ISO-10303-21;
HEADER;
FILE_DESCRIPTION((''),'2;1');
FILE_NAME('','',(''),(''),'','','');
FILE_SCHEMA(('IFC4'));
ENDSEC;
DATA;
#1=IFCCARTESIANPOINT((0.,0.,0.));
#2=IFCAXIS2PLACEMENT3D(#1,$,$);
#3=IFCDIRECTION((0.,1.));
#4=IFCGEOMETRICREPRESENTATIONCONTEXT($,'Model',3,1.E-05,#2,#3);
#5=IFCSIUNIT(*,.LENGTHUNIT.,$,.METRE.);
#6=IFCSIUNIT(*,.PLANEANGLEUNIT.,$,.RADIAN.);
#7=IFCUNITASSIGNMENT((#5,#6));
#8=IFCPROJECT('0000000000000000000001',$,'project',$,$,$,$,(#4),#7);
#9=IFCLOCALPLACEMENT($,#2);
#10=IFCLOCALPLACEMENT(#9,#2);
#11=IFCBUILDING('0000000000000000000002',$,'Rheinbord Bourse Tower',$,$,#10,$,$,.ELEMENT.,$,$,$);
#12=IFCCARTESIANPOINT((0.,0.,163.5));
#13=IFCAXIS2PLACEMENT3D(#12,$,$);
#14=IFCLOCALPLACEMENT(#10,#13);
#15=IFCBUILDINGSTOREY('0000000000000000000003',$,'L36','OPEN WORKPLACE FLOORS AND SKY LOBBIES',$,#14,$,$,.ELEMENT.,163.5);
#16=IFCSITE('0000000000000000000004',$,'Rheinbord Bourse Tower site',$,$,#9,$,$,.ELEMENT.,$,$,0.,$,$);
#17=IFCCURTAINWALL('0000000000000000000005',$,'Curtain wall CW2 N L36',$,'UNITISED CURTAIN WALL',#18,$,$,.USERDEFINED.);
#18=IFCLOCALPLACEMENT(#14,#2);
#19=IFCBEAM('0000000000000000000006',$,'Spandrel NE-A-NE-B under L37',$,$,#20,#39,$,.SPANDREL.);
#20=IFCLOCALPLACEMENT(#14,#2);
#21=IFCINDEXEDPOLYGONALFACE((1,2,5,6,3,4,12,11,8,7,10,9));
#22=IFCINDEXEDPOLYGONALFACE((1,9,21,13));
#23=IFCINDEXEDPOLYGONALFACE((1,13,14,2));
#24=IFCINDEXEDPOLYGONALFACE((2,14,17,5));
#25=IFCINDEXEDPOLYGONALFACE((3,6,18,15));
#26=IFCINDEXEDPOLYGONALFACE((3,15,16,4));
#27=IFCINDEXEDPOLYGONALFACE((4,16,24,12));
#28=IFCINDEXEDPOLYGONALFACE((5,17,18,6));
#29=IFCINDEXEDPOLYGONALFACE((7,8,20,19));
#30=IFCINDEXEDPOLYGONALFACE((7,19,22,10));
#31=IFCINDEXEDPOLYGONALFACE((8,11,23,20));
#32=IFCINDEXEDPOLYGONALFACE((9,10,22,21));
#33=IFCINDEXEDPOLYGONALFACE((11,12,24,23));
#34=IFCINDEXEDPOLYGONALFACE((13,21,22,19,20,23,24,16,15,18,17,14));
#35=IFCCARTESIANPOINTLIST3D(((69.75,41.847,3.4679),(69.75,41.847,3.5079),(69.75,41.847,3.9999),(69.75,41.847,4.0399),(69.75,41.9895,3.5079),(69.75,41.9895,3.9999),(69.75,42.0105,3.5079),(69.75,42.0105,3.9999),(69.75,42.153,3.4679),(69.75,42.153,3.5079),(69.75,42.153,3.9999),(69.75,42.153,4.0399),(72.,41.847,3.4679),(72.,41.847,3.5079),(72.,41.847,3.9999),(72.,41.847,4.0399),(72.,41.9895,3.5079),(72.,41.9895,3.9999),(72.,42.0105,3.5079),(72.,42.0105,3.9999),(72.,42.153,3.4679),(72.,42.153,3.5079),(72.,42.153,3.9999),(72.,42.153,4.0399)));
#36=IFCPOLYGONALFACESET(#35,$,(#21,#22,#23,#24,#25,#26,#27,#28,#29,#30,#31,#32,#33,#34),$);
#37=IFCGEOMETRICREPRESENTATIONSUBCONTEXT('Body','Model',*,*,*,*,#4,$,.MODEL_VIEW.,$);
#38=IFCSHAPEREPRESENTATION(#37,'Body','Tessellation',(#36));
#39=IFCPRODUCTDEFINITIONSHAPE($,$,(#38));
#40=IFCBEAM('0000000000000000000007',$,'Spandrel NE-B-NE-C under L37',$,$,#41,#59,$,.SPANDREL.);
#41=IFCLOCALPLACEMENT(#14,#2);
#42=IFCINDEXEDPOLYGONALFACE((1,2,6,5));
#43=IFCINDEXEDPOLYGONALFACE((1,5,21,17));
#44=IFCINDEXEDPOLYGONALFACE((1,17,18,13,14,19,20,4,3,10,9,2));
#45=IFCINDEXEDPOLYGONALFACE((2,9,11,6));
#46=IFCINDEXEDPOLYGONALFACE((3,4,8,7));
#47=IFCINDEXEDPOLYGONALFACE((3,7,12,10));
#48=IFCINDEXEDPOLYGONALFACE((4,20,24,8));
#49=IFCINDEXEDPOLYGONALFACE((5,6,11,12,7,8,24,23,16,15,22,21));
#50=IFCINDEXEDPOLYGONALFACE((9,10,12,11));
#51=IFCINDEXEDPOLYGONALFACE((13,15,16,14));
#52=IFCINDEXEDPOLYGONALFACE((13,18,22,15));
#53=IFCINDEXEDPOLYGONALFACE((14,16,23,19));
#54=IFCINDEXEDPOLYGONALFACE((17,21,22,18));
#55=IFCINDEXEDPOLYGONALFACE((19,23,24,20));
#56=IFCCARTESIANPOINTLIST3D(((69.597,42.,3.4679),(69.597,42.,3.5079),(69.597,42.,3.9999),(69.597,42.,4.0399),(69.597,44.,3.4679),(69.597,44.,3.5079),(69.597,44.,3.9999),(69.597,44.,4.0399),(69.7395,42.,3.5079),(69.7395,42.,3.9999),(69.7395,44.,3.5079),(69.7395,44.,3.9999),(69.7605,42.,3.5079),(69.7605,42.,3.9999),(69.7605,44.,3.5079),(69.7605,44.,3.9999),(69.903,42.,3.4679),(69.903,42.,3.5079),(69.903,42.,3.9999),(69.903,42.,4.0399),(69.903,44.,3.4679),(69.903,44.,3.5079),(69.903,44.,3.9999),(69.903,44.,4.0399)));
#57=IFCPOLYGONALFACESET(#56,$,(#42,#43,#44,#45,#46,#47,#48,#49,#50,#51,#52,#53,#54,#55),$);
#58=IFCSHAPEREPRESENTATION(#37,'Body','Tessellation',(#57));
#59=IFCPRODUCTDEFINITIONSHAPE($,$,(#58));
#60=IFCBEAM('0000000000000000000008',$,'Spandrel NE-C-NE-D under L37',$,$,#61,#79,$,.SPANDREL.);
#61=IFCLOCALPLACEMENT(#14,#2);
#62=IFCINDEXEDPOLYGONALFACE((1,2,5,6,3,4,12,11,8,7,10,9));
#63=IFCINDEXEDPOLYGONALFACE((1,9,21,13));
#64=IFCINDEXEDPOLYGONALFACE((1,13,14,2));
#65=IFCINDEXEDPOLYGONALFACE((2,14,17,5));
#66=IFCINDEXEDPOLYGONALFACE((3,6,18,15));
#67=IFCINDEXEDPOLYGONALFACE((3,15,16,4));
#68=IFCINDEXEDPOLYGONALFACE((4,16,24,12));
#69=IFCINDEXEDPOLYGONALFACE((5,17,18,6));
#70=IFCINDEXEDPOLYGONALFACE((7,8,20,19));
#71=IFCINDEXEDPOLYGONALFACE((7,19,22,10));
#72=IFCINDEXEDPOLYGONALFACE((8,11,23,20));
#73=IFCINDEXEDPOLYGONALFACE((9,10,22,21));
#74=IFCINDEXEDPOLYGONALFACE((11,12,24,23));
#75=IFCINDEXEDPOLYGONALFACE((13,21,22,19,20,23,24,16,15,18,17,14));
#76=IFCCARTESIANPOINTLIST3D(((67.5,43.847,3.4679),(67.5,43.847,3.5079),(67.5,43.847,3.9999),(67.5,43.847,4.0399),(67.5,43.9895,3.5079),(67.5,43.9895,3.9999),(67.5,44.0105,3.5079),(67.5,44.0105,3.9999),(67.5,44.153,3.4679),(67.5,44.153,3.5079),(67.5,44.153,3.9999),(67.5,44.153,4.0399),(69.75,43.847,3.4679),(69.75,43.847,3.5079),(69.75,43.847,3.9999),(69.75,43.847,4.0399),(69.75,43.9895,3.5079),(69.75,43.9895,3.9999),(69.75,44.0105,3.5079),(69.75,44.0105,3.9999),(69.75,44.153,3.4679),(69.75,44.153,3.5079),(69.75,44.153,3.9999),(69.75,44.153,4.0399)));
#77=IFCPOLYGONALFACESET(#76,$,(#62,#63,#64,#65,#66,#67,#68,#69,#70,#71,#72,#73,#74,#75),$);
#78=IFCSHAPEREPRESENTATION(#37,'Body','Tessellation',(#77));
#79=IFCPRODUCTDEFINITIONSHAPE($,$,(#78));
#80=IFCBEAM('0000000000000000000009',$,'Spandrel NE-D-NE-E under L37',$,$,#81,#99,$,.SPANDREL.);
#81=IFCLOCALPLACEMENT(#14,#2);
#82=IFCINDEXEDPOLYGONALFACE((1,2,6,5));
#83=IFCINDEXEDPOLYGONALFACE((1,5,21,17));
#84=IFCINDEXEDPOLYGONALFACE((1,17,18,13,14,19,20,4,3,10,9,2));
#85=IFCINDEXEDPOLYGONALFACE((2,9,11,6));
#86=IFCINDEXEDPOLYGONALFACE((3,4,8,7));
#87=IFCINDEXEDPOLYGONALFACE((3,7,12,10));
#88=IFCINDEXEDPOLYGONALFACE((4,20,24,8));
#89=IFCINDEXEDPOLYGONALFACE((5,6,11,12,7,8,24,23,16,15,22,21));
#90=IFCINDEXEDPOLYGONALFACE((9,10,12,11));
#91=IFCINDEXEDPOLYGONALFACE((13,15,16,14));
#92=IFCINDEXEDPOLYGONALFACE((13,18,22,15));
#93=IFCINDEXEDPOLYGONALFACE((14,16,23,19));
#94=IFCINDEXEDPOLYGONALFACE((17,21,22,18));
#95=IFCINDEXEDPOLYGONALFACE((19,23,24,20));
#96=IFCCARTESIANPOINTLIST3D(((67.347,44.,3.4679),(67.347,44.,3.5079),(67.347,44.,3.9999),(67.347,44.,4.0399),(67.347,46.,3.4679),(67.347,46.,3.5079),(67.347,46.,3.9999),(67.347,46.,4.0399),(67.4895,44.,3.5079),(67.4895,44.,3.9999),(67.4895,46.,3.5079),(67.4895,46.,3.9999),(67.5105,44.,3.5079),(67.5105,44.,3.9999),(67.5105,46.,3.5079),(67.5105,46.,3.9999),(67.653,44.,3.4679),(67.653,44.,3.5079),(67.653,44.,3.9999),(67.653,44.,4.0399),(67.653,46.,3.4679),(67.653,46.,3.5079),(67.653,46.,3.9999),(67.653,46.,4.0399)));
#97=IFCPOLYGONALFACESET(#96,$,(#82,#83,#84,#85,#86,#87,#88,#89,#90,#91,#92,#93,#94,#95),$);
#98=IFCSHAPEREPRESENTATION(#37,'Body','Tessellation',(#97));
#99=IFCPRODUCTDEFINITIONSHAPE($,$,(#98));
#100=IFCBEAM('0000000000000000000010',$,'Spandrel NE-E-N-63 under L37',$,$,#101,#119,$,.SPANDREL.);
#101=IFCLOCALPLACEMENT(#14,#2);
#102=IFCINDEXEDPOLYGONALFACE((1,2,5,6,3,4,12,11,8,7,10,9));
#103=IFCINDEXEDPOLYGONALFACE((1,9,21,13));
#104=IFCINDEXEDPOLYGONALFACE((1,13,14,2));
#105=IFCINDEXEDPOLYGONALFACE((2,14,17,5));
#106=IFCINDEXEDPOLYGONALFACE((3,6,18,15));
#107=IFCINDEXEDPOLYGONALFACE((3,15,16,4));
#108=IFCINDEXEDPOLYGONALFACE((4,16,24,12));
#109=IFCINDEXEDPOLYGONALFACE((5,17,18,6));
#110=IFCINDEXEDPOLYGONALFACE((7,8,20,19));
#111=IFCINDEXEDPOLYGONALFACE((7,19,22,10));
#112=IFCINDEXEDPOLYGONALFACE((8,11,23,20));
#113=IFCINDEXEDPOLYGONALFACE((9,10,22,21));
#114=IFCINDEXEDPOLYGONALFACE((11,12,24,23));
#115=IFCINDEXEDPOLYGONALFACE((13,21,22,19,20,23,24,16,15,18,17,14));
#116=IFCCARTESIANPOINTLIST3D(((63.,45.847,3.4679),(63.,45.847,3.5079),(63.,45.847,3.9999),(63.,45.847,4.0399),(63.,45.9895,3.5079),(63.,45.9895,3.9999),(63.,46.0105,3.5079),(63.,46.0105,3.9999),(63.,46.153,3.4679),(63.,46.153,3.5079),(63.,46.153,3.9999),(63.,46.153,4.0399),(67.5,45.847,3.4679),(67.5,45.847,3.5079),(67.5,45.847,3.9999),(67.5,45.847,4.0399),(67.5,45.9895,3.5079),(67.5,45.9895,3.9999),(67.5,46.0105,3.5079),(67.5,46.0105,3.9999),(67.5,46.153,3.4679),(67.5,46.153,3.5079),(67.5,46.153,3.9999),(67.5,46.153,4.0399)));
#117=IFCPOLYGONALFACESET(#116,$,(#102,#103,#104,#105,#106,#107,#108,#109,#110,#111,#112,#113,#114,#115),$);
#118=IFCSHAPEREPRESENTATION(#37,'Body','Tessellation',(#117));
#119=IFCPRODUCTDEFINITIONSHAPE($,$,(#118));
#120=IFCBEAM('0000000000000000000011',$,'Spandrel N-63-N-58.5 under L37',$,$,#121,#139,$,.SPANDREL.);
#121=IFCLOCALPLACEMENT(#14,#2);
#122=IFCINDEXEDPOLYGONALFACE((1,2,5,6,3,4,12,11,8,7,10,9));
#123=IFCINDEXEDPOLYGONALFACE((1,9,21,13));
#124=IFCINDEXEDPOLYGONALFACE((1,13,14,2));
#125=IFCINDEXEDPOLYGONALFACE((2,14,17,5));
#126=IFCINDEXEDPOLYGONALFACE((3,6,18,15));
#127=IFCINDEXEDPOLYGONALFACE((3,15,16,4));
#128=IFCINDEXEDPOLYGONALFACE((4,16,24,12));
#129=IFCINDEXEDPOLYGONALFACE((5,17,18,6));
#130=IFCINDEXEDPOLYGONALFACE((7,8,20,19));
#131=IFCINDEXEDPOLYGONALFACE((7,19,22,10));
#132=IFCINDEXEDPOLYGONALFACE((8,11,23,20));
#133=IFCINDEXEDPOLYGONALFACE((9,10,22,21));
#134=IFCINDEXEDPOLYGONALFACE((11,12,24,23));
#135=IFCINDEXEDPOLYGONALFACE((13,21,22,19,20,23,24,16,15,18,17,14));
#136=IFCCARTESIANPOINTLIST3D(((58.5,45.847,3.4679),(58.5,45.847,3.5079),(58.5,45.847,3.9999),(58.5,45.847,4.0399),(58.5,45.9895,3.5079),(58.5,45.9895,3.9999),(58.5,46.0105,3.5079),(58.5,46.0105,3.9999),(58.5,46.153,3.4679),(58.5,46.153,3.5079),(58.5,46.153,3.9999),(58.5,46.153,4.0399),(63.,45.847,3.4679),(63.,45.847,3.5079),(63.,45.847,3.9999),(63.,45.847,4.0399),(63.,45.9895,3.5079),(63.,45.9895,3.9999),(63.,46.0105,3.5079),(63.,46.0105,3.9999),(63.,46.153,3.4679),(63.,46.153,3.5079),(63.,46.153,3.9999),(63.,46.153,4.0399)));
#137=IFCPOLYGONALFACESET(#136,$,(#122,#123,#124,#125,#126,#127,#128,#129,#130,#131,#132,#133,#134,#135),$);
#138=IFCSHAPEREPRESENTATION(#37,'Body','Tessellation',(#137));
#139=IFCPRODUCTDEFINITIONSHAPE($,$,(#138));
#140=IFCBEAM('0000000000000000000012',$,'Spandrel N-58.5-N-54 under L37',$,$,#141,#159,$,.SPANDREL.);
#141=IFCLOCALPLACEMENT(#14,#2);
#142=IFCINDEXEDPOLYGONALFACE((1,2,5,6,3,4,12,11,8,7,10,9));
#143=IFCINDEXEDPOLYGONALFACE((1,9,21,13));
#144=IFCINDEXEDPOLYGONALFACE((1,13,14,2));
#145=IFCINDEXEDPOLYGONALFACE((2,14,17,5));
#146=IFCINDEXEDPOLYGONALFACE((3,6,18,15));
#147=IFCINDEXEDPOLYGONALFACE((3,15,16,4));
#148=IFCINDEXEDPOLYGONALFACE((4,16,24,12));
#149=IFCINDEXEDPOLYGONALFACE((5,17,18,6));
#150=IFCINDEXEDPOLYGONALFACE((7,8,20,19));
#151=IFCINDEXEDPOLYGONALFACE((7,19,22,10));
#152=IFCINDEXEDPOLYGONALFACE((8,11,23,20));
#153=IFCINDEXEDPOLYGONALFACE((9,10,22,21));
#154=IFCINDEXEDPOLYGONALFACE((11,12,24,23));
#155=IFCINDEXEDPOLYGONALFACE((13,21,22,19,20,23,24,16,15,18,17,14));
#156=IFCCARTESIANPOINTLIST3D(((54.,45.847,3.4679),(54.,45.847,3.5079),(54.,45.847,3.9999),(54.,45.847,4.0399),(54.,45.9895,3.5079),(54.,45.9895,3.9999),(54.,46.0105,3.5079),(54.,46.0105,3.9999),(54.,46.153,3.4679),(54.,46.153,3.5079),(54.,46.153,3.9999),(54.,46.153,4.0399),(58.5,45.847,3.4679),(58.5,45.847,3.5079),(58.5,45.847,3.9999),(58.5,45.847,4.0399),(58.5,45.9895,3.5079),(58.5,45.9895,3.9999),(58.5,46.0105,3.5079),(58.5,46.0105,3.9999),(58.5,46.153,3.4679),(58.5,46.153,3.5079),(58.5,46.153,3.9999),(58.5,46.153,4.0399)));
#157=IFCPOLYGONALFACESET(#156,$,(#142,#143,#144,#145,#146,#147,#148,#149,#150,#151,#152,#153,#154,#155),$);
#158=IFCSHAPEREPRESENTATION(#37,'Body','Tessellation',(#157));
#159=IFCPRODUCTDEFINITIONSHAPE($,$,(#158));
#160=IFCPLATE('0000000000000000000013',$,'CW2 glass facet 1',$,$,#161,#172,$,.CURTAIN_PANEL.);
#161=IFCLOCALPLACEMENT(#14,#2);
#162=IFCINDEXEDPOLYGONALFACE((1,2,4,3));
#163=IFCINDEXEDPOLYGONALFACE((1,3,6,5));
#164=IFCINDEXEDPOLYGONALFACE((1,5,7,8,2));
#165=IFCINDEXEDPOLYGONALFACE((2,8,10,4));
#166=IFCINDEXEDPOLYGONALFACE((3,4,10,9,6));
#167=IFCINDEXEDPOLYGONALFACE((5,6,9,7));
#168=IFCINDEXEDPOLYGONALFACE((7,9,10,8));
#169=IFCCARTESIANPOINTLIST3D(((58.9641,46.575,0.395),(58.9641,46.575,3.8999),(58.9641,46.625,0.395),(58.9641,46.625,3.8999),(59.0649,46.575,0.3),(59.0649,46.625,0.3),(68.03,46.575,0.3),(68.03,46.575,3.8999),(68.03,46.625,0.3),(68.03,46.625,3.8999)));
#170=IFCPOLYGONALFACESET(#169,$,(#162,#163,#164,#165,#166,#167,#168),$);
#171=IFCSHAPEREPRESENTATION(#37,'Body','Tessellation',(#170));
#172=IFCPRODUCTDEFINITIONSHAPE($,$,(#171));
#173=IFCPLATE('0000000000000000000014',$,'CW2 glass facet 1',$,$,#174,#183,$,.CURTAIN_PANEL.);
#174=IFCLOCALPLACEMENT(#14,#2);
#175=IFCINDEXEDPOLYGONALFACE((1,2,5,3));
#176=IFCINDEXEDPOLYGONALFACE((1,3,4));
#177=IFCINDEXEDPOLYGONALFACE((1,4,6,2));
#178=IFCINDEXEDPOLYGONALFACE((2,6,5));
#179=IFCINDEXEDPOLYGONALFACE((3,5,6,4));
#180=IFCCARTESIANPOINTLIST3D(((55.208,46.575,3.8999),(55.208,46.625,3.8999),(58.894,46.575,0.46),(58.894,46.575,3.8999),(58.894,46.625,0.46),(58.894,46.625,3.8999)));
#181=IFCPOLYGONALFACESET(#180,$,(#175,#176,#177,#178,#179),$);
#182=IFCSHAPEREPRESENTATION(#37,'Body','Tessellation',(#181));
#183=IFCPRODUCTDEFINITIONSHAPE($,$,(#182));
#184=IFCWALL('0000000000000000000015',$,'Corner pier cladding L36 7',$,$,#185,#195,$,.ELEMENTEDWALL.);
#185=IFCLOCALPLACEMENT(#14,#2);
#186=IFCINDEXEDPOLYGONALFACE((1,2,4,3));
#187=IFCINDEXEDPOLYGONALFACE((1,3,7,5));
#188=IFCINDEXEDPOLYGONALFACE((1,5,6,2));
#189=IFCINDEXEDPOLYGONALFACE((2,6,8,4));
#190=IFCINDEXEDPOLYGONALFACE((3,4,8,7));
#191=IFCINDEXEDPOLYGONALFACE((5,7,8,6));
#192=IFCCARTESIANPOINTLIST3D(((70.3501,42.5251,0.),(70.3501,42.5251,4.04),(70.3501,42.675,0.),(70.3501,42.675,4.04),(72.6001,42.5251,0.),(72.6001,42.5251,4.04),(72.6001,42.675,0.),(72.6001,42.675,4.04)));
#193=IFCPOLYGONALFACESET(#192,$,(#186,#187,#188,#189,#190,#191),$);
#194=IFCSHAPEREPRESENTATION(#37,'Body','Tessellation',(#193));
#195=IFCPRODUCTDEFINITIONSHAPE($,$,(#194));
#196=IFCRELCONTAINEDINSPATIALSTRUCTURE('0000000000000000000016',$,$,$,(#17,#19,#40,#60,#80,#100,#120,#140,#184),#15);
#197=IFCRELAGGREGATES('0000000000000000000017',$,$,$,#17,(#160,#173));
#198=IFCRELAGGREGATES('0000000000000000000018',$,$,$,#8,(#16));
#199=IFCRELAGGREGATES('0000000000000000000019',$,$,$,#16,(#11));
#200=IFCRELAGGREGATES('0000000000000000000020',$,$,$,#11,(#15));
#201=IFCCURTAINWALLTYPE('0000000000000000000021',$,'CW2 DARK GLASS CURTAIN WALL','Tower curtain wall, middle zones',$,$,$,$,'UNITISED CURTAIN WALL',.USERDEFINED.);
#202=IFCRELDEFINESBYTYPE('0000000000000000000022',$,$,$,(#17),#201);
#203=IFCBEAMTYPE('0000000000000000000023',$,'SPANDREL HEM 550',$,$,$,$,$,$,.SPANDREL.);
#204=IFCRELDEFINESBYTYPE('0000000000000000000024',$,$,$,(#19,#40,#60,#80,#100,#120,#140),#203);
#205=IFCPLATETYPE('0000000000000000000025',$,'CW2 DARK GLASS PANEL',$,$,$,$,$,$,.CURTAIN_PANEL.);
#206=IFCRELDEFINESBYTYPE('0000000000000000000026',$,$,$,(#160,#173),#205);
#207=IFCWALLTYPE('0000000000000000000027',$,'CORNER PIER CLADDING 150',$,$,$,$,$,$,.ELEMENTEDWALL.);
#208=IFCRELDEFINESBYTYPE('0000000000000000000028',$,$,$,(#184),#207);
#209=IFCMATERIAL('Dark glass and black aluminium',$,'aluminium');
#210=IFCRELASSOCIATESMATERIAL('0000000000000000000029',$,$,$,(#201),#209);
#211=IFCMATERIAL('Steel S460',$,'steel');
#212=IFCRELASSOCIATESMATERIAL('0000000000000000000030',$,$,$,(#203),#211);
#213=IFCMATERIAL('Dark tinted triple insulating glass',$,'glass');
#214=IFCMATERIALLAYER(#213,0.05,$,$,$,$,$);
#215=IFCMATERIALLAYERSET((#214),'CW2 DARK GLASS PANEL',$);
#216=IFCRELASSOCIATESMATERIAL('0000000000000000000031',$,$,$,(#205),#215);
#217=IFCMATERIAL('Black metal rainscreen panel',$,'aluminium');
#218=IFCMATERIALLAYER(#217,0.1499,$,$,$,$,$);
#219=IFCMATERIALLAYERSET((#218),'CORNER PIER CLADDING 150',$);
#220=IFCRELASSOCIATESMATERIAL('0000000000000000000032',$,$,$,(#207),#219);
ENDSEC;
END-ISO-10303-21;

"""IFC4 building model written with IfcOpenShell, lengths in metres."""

from ifc_helpers import new_model, si_unit, direction, frame, frame_2d, origin, origin_2d, place, context, subcontext, project, spatial, polyline, rectangle, i_section, outline, extrude, material, layer, layer_set, material_profile, profile_set, type_object, element, aggregate, save


model = new_model("IFC4")

# Units and contexts
model_context = context("Model", 3, precision=1e-05, world=origin(), true_north=direction((0.0, 1.0)))
body_context = subcontext(model_context, "Body", "Model", "MODEL_VIEW")
ifc_project = project(units=[si_unit("LENGTHUNIT", "METRE"), si_unit("PLANEANGLEUNIT", "RADIAN")], contexts=[model_context])

# Site, building, storey
site_placement = place(None, origin())
site = spatial("IfcSite", under=ifc_project, at=site_placement, Name="Rheinbord Bourse Tower site", CompositionType="ELEMENT", RefElevation=0.0)
building_placement = place(site_placement, origin())
building = spatial("IfcBuilding", under=site, at=building_placement, Name="Rheinbord Bourse Tower", CompositionType="ELEMENT")
storey_placement = place(building_placement, frame((0.0, 0.0, 163.5)))
storey = spatial("IfcBuildingStorey", under=building, at=storey_placement, Name="L36", Description="OPEN WORKPLACE FLOORS AND SKY LOBBIES", CompositionType="ELEMENT", Elevation=163.5)

# Curtain wall
ifc_material_1 = material(Name="Dark glass and black aluminium", Category="aluminium")
curtain_wall_type = type_object("IfcCurtainWallType", Name="CW2 DARK GLASS CURTAIN WALL", Description="Tower curtain wall, middle zones", ElementType="UNITISED CURTAIN WALL", PredefinedType="USERDEFINED", material=ifc_material_1)
curtain_wall_1_placement = place(storey_placement, origin())
curtain_wall_1 = element("IfcCurtainWall", 1, at=curtain_wall_1_placement, inside=storey, type_object=curtain_wall_type, Name="Curtain wall CW2 N L36", ObjectType="UNITISED CURTAIN WALL", PredefinedType="USERDEFINED")

# Beams
ifc_material_2 = material(Name="Steel S460", Category="steel")
ifc_material_profile_1 = material_profile(ifc_material_2, i_section(OverallWidth=0.3059, OverallDepth=0.572, WebThickness=0.021, FlangeThickness=0.04, at=origin_2d()), Name="HEM 550")
ifc_profile_set_1 = profile_set([ifc_material_profile_1], Name="Steel S460")
beam_type_1 = type_object("IfcBeamType", Name="SPANDREL HEM 550", PredefinedType="SPANDREL", material=ifc_profile_set_1)
beam_1_placement = place(storey_placement, frame((72.0, 42.0, 3.7539), z_axis=(-1.0, 0.0, 0.0), x_axis=(0.0, -1.0, 0.0)))
element("IfcBeam", 2, at=beam_1_placement, inside=storey, type_object=beam_type_1, Name="Spandrel NE-A-NE-B under L37", PredefinedType="SPANDREL", context=body_context, shape_type="SweptSolid", body=[
    extrude(i_section(OverallWidth=0.3059, OverallDepth=0.572, WebThickness=0.021, FlangeThickness=0.04, at=origin_2d()), origin(), (0.0, 0.0, 1.0), 2.25),
])
beam_2_placement = place(storey_placement, frame((69.75, 42.0, 3.7539), z_axis=(0.0, 1.0, 0.0), x_axis=(-1.0, 0.0, 0.0)))
element("IfcBeam", 3, at=beam_2_placement, inside=storey, type_object=beam_type_1, Name="Spandrel NE-B-NE-C under L37", PredefinedType="SPANDREL", context=body_context, shape_type="SweptSolid", body=[
    extrude(i_section(OverallWidth=0.3059, OverallDepth=0.572, WebThickness=0.021, FlangeThickness=0.04, at=origin_2d()), origin(), (0.0, 0.0, 1.0), 2.0),
])
beam_3_placement = place(storey_placement, frame((69.75, 44.0, 3.7539), z_axis=(-1.0, 0.0, 0.0), x_axis=(0.0, -1.0, 0.0)))
element("IfcBeam", 4, at=beam_3_placement, inside=storey, type_object=beam_type_1, Name="Spandrel NE-C-NE-D under L37", PredefinedType="SPANDREL", context=body_context, shape_type="SweptSolid", body=[
    extrude(i_section(OverallWidth=0.3059, OverallDepth=0.572, WebThickness=0.021, FlangeThickness=0.04, at=origin_2d()), origin(), (0.0, 0.0, 1.0), 2.25),
])
beam_4_placement = place(storey_placement, frame((67.5, 44.0, 3.7539), z_axis=(0.0, 1.0, 0.0), x_axis=(-1.0, 0.0, 0.0)))
element("IfcBeam", 5, at=beam_4_placement, inside=storey, type_object=beam_type_1, Name="Spandrel NE-D-NE-E under L37", PredefinedType="SPANDREL", context=body_context, shape_type="SweptSolid", body=[
    extrude(i_section(OverallWidth=0.3059, OverallDepth=0.572, WebThickness=0.021, FlangeThickness=0.04, at=origin_2d()), origin(), (0.0, 0.0, 1.0), 2.0),
])
for number, where, z_axis, x_axis, name in (
    (6, (67.5, 46.0, 3.7539), (-1.0, 0.0, 0.0), (0.0, -1.0, 0.0), "Spandrel NE-E-N-63 under L37"),
    (7, (63.0, 46.0, 3.7539), (-1.0, 0.0, 0.0), (0.0, -1.0, 0.0), "Spandrel N-63-N-58.5 under L37"),
    (8, (58.5, 46.0, 3.7539), (-1.0, 0.0, 0.0), (0.0, -1.0, 0.0), "Spandrel N-58.5-N-54 under L37"),
):
    element("IfcBeam", number, at=place(storey_placement, frame(where, z_axis=z_axis, x_axis=x_axis)), inside=storey, type_object=beam_type_1, Name=name, PredefinedType="SPANDREL", context=body_context, shape_type="SweptSolid", body=[
        extrude(i_section(OverallWidth=0.3059, OverallDepth=0.572, WebThickness=0.021, FlangeThickness=0.04, at=origin_2d()), origin(), (0.0, 0.0, 1.0), 4.5),
    ])

# Plates
ifc_material_3 = material(Name="Dark tinted triple insulating glass", Category="glass")
ifc_layer_1 = layer(ifc_material_3, 0.05)
ifc_layer_set_1 = layer_set([ifc_layer_1], Name="CW2 DARK GLASS PANEL")
plate_type = type_object("IfcPlateType", Name="CW2 DARK GLASS PANEL", PredefinedType="CURTAIN_PANEL", material=ifc_layer_set_1)
plate_1_placement = place(storey_placement, frame((68.03, 46.625, 0.3), z_axis=(0.0, -1.0, 0.0), x_axis=(0.0, 0.0, 1.0)))
plate_1 = element("IfcPlate", 9, at=plate_1_placement, type_object=plate_type, Name="CW2 glass facet 1", PredefinedType="CURTAIN_PANEL", context=body_context, shape_type="SweptSolid", body=[
    extrude(outline(polyline([(0.0, 0.0), (3.5999, 0.0), (3.5999, 9.0659), (0.095, 9.0659), (0.0, 8.9651), (0.0, 0.0)])), origin(), (0.0, 0.0, 1.0), 0.05),
])
plate_2_placement = place(storey_placement, frame((58.894, 46.625, 3.8999), z_axis=(0.0, -1.0, 0.0), x_axis=(-1.0, 0.0, 0.0)))
plate_2 = element("IfcPlate", 10, at=plate_2_placement, type_object=plate_type, Name="CW2 glass facet 1", PredefinedType="CURTAIN_PANEL", context=body_context, shape_type="SweptSolid", body=[
    extrude(outline(polyline([(0.0, 0.0), (3.686, 0.0), (0.0, 3.4399), (0.0, 0.0)])), origin(), (0.0, 0.0, 1.0), 0.05),
])
aggregate(curtain_wall_1, [plate_1, plate_2])

# Wall
ifc_material_4 = material(Name="Black metal rainscreen panel", Category="aluminium")
ifc_layer_2 = layer(ifc_material_4, 0.1499)
ifc_layer_set_2 = layer_set([ifc_layer_2], Name="CORNER PIER CLADDING 150")
wall_type = type_object("IfcWallType", Name="CORNER PIER CLADDING 150", PredefinedType="ELEMENTEDWALL", material=ifc_layer_set_2)
wall_1_placement = place(storey_placement, frame((72.6001, 42.6001, 0.0), z_axis=(0.0, 0.0, 1.0), x_axis=(-1.0, 0.0, 0.0)))
element("IfcWall", 11, at=wall_1_placement, inside=storey, type_object=wall_type, Name="Corner pier cladding L36 7", PredefinedType="ELEMENTEDWALL", context=body_context, shape_type="SweptSolid", body=[
    extrude(rectangle(XDim=2.25, YDim=0.1499, at=frame_2d((1.125, 0.0))), origin(), (0.0, 0.0, 1.0), 4.04),
])

save(model, "model.ifc")
